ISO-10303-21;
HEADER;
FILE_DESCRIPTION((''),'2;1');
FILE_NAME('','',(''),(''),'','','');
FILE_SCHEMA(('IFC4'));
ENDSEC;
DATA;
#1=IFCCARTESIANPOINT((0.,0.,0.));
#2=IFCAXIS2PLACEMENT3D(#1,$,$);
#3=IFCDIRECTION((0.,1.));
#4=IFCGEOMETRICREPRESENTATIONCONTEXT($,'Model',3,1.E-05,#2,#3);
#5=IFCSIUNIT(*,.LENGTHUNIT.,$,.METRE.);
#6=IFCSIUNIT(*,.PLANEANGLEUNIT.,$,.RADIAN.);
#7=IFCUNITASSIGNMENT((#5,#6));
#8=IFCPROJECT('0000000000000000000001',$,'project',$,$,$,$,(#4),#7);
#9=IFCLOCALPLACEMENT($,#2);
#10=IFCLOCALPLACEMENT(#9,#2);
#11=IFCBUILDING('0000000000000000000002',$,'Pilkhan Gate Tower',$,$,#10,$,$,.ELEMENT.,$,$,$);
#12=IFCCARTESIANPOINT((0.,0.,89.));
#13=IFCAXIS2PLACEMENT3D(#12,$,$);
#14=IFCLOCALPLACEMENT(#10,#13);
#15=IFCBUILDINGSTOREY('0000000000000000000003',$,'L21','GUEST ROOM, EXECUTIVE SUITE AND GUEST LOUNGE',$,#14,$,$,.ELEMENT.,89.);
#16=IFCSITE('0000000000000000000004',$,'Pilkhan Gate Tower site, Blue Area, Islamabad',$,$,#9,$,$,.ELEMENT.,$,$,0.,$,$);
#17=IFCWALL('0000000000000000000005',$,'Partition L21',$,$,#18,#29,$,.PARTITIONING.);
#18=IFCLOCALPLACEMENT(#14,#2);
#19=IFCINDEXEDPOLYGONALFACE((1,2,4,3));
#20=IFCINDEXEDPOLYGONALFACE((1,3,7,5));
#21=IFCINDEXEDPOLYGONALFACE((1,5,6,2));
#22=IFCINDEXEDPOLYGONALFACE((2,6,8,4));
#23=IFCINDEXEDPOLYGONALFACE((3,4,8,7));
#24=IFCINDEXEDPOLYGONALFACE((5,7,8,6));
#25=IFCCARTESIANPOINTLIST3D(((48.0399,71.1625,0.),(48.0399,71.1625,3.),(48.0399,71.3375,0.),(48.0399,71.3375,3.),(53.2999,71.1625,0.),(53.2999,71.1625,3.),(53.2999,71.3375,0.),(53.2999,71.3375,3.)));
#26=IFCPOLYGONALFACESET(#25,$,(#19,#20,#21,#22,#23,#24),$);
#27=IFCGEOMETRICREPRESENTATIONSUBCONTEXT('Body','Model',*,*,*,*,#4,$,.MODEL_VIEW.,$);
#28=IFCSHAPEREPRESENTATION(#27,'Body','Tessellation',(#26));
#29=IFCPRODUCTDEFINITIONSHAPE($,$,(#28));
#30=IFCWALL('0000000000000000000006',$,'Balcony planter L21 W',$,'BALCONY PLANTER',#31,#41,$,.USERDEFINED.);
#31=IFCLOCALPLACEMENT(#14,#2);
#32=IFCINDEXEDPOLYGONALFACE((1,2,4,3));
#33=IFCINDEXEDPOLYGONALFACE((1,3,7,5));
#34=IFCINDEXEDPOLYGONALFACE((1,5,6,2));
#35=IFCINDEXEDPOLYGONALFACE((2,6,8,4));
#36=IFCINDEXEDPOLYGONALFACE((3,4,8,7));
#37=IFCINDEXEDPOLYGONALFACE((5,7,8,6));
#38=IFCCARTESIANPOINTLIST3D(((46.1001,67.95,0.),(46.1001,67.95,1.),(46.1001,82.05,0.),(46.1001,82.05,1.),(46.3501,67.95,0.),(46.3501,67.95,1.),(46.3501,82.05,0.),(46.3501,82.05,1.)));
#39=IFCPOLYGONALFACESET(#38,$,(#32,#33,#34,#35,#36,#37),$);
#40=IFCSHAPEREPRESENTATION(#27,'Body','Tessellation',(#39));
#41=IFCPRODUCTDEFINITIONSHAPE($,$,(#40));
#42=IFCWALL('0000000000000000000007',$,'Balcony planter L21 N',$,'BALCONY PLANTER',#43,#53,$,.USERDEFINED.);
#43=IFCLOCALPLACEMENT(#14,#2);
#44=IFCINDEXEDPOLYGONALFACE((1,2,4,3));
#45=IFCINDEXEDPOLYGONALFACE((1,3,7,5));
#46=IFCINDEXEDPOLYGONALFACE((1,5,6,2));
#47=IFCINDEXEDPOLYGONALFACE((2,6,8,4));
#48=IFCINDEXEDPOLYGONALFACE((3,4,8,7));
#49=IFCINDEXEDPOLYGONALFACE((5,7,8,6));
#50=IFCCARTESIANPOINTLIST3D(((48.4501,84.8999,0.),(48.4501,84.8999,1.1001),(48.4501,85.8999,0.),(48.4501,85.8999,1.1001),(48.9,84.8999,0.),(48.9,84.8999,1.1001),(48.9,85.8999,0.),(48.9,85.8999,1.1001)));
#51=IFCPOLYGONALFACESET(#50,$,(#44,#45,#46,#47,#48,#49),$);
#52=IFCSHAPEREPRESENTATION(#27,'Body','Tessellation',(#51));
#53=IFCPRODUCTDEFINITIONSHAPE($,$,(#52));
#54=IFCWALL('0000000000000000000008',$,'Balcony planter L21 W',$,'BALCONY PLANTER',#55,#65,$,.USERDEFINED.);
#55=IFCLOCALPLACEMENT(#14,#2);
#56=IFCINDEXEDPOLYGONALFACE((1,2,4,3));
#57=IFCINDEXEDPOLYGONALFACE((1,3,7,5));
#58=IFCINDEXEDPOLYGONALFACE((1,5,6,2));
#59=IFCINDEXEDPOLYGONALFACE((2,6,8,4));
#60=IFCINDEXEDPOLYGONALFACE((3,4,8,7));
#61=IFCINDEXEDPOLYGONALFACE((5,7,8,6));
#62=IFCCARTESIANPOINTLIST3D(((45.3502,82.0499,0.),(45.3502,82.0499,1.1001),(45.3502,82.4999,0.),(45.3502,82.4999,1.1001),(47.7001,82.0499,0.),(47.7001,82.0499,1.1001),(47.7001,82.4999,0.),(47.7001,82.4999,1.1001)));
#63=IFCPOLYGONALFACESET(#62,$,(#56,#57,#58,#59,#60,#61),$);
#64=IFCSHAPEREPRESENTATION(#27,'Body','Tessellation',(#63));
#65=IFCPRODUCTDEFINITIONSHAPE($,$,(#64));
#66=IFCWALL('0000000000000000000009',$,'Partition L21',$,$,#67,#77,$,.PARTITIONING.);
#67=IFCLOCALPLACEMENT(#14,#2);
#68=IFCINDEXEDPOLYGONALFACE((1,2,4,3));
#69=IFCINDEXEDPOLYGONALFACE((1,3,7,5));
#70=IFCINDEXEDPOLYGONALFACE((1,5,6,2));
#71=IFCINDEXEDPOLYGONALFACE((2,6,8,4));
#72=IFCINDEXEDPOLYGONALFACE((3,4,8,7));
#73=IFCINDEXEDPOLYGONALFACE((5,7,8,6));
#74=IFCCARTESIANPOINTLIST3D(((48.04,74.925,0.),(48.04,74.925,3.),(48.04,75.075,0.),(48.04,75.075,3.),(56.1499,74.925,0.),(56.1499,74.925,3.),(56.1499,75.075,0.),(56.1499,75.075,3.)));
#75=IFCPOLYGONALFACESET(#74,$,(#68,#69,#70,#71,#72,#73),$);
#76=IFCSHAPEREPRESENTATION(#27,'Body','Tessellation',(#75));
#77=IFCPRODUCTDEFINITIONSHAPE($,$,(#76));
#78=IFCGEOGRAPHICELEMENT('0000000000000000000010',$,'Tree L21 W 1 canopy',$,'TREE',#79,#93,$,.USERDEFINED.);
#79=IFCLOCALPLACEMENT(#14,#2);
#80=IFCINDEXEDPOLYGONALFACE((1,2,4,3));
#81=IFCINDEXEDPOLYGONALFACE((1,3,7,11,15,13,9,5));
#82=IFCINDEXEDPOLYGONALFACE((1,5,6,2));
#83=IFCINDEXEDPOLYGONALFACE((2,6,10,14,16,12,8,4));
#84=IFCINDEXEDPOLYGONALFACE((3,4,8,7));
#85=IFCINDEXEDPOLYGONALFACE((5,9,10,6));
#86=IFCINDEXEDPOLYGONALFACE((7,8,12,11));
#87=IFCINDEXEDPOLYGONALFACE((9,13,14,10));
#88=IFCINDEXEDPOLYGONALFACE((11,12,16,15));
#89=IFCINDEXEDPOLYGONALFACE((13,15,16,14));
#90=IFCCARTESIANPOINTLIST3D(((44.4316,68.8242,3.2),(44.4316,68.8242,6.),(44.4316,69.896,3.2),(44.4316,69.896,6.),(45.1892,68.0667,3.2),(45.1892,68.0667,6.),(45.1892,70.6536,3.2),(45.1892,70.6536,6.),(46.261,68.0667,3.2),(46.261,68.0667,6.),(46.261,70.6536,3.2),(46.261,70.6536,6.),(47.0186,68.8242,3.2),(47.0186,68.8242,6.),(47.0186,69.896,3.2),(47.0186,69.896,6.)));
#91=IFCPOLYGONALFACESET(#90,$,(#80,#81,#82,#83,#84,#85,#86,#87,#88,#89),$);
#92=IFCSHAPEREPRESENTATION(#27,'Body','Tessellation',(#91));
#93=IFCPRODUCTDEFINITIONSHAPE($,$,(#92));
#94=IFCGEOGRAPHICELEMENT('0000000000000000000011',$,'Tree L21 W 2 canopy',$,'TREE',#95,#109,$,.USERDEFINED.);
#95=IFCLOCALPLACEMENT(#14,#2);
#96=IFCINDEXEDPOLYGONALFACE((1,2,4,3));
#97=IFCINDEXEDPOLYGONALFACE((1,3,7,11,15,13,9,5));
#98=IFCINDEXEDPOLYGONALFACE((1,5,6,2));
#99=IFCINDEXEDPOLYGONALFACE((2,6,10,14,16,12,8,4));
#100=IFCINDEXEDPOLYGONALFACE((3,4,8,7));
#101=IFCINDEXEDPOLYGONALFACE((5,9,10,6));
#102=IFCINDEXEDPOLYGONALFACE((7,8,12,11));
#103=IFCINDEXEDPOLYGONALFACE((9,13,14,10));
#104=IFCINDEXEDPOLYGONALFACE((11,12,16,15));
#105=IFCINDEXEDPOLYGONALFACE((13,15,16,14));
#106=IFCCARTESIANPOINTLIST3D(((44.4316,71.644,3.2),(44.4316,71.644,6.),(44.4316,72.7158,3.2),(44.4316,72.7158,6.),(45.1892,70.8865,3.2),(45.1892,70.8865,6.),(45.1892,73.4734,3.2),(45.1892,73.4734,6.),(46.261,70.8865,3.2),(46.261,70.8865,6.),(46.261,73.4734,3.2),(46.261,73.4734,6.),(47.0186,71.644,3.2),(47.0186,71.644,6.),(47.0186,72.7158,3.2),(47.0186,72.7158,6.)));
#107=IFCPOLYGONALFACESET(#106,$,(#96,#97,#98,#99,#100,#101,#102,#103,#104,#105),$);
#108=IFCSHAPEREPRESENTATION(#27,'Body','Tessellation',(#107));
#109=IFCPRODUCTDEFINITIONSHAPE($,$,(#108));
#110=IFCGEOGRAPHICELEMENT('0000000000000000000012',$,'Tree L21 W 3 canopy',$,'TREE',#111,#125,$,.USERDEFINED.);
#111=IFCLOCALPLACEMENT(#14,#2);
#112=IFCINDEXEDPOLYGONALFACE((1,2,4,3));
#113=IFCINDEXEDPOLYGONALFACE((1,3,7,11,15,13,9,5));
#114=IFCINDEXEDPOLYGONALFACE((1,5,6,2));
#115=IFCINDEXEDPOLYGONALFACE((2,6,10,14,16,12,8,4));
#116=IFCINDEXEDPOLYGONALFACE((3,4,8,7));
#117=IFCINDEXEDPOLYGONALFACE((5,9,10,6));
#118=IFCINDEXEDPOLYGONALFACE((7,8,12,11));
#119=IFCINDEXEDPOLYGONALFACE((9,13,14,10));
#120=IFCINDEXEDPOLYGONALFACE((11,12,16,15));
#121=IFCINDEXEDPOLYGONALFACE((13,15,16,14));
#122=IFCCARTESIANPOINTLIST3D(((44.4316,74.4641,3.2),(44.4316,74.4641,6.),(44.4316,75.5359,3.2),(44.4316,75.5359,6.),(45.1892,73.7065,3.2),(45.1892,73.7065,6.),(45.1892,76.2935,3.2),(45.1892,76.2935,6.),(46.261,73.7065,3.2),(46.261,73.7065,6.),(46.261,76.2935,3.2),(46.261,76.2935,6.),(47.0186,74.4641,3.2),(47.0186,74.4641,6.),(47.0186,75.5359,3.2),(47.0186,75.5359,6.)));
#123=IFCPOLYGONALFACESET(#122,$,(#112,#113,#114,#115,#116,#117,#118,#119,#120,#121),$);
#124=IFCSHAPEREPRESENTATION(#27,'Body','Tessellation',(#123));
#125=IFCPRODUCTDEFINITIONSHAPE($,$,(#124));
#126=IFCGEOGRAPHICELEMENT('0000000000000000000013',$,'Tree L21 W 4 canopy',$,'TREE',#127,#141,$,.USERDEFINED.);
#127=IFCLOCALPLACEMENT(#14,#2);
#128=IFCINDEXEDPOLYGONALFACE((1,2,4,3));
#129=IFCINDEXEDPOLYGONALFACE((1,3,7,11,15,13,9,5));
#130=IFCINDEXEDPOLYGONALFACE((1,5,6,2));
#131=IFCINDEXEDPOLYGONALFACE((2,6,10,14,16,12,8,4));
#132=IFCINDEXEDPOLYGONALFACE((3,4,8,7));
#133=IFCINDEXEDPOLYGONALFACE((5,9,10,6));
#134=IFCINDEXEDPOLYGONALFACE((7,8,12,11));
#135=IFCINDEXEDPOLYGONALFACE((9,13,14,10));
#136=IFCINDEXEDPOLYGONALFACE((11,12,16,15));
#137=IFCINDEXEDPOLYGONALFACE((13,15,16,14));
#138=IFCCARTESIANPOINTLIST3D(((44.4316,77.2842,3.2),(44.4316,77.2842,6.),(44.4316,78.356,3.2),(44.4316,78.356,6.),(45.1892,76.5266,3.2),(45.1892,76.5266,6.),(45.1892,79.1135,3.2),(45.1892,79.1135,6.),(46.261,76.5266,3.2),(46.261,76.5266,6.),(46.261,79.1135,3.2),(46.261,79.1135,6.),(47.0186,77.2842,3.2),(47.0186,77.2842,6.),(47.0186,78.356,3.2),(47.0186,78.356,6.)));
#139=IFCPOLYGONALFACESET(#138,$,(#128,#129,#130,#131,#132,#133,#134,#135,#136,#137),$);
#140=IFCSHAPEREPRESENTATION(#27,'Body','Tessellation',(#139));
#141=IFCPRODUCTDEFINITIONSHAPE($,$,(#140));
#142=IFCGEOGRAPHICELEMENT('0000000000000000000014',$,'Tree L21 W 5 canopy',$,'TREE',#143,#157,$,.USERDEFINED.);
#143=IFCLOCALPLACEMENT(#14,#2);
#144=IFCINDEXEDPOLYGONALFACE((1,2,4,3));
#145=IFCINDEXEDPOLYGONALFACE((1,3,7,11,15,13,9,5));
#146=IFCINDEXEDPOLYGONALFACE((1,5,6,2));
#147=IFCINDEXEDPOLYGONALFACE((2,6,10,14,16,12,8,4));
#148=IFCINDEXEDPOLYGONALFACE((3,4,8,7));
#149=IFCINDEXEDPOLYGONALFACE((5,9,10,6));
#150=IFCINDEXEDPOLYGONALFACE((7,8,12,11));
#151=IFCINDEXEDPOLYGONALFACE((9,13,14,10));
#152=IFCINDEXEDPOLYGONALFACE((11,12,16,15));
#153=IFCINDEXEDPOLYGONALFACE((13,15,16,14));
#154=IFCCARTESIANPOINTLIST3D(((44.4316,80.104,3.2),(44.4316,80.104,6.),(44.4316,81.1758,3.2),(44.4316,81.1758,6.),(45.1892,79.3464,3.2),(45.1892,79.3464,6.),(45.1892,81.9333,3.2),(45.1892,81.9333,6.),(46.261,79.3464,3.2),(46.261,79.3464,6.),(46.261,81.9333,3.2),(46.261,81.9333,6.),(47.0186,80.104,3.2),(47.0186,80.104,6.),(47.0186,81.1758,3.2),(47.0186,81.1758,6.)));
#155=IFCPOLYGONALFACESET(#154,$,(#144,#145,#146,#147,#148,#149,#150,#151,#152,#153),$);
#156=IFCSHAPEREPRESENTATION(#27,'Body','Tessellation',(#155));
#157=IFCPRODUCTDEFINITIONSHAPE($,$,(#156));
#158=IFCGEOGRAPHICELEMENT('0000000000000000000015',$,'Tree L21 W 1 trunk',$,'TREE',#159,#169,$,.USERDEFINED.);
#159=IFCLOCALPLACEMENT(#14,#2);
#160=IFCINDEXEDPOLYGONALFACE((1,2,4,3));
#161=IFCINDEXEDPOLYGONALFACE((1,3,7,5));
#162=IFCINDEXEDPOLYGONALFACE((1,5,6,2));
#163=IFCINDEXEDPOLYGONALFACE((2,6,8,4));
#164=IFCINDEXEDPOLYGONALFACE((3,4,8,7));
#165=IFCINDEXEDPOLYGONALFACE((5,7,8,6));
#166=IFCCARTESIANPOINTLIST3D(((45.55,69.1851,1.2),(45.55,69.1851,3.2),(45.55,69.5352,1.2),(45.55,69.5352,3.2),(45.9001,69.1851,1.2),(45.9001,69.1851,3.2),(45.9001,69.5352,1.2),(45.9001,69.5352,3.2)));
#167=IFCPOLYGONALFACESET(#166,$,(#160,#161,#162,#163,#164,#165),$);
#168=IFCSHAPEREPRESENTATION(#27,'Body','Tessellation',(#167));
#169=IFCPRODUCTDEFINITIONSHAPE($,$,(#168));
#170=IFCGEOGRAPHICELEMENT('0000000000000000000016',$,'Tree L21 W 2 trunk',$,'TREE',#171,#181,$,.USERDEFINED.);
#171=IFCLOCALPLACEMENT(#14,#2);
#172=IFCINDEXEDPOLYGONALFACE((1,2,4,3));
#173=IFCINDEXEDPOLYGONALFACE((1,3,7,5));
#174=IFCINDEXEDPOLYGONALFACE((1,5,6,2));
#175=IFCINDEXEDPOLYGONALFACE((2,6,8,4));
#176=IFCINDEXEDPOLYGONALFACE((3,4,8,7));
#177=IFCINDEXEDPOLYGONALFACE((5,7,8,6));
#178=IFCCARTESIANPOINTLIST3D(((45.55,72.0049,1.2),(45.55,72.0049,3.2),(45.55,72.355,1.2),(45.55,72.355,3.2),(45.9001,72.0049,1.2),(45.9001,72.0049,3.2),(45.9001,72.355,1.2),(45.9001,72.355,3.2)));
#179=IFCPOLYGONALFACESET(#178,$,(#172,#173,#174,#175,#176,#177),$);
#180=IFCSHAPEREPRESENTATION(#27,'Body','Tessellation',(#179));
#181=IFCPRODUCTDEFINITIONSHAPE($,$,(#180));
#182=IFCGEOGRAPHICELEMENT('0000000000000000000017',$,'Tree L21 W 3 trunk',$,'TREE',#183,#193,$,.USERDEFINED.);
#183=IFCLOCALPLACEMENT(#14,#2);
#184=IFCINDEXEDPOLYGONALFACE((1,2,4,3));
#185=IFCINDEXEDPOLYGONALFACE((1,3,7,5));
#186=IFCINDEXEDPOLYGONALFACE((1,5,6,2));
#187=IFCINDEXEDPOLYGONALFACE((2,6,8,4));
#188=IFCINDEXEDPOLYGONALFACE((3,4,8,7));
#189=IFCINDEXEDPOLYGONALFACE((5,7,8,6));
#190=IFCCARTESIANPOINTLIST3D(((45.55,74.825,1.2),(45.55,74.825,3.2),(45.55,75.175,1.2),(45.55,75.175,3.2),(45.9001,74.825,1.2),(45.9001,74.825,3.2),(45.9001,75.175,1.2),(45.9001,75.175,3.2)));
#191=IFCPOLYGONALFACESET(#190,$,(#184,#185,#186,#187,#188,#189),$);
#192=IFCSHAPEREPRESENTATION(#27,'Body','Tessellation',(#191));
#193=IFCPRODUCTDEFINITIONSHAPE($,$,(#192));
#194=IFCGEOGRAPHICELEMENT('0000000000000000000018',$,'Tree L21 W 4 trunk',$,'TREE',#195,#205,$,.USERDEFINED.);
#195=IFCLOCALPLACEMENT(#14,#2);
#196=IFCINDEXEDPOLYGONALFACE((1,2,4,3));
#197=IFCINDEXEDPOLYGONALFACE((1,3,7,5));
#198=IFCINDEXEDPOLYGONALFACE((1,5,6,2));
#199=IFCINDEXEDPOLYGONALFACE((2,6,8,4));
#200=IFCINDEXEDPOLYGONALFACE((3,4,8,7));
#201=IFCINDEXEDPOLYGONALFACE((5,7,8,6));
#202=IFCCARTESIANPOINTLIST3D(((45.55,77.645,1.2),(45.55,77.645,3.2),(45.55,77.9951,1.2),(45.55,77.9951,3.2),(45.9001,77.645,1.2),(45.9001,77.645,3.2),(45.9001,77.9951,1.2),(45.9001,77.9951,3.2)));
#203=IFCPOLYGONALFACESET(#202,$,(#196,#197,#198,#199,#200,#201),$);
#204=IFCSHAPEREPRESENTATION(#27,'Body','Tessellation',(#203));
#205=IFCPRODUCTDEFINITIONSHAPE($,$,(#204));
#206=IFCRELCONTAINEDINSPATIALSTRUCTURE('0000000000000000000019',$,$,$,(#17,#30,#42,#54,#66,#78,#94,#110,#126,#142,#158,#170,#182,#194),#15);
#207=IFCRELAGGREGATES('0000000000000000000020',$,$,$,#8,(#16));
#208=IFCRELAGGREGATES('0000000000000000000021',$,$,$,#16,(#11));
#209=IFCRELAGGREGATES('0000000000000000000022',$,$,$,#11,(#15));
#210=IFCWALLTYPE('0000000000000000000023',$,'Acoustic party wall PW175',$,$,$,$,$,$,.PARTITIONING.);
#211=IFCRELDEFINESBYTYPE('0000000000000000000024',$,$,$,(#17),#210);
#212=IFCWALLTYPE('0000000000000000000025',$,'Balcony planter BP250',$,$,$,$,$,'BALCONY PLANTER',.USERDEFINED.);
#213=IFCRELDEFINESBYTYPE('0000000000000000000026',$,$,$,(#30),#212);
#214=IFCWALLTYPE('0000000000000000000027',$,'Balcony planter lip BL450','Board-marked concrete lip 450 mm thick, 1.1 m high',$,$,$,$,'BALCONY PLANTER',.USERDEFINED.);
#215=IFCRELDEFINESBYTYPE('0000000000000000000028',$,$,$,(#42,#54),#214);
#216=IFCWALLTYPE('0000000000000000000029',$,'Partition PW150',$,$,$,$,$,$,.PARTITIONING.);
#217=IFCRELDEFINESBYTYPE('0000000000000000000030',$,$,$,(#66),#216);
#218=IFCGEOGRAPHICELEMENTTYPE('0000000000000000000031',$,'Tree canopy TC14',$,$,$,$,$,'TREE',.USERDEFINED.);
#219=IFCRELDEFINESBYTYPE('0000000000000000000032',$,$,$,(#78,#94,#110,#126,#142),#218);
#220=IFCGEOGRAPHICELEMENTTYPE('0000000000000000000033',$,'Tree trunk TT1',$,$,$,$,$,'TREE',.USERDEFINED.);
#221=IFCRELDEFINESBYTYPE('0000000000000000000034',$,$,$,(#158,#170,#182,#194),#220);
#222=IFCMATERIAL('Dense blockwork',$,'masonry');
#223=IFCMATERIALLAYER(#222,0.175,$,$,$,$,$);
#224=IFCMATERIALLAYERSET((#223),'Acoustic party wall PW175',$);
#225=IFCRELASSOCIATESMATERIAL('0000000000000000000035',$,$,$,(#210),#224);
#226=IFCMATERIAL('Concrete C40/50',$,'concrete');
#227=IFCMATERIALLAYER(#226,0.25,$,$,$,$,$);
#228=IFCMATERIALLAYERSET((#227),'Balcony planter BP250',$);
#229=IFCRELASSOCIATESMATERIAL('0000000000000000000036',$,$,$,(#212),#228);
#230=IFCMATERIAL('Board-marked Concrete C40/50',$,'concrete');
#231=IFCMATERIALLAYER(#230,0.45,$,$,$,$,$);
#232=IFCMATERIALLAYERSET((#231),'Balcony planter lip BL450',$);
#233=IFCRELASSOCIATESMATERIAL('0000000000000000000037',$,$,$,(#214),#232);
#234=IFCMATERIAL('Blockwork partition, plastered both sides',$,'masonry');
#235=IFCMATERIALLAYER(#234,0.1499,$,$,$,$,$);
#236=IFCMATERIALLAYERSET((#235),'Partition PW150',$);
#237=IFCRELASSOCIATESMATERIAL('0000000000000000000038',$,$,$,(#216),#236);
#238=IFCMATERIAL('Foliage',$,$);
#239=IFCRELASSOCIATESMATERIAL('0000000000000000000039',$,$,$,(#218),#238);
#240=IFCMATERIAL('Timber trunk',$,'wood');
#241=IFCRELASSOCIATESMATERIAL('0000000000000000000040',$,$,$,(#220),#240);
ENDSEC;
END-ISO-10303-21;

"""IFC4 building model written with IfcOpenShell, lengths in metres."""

from ifc_helpers import new_model, si_unit, direction, frame, frame_2d, origin, origin_2d, place, context, subcontext, project, spatial, polyline, rectangle, outline, extrude, material, layer, layer_set, material_profile, profile_set, type_object, element, save


model = new_model("IFC4")

# Units and contexts
model_context = context("Model", 3, precision=1e-05, world=origin(), true_north=direction((0.0, 1.0)))
body_context = subcontext(model_context, "Body", "Model", "MODEL_VIEW")
ifc_project = project(units=[si_unit("LENGTHUNIT", "METRE"), si_unit("PLANEANGLEUNIT", "RADIAN")], contexts=[model_context])

# Site, building, storey
site_placement = place(None, origin())
site = spatial("IfcSite", under=ifc_project, at=site_placement, Name="Pilkhan Gate Tower site, Blue Area, Islamabad", CompositionType="ELEMENT", RefElevation=0.0)
building_placement = place(site_placement, origin())
building = spatial("IfcBuilding", under=site, at=building_placement, Name="Pilkhan Gate Tower", CompositionType="ELEMENT")
storey_placement = place(building_placement, frame((0.0, 0.0, 89.0)))
storey = spatial("IfcBuildingStorey", under=building, at=storey_placement, Name="L21", Description="GUEST ROOM, EXECUTIVE SUITE AND GUEST LOUNGE", CompositionType="ELEMENT", Elevation=89.0)

# Walls
ifc_material_1 = material(Name="Dense blockwork", Category="masonry")
ifc_layer_1 = layer(ifc_material_1, 0.175)
ifc_layer_set_1 = layer_set([ifc_layer_1], Name="Acoustic party wall PW175")
wall_type_1 = type_object("IfcWallType", Name="Acoustic party wall PW175", PredefinedType="PARTITIONING", material=ifc_layer_set_1)
wall_1_placement = place(storey_placement, frame((48.04, 71.25, 0.0), z_axis=(0.0, 0.0, 1.0), x_axis=(1.0, 0.0, 0.0)))
element("IfcWall", 1, at=wall_1_placement, inside=storey, type_object=wall_type_1, Name="Partition L21", PredefinedType="PARTITIONING", context=body_context, shape_type="SweptSolid", body=[
    extrude(rectangle(XDim=5.26, YDim=0.175, at=frame_2d((2.6299, 0.0))), origin(), (0.0, 0.0, 1.0), 3.0),
])
ifc_material_2 = material(Name="Concrete C40/50", Category="concrete")
ifc_layer_2 = layer(ifc_material_2, 0.25)
ifc_layer_set_2 = layer_set([ifc_layer_2], Name="Balcony planter BP250")
wall_type_2 = type_object("IfcWallType", Name="Balcony planter BP250", ElementType="BALCONY PLANTER", PredefinedType="USERDEFINED", material=ifc_layer_set_2)
wall_2_placement = place(storey_placement, frame((46.2251, 67.95, 0.0), z_axis=(0.0, 0.0, 1.0), x_axis=(0.0, 1.0, 0.0)))
element("IfcWall", 2, at=wall_2_placement, inside=storey, type_object=wall_type_2, Name="Balcony planter L21 W", ObjectType="BALCONY PLANTER", PredefinedType="USERDEFINED", context=body_context, shape_type="SweptSolid", body=[
    extrude(rectangle(XDim=14.1001, YDim=0.25, at=frame_2d((7.05, 0.0))), origin(), (0.0, 0.0, 1.0), 1.0),
])
ifc_material_3 = material(Name="Board-marked Concrete C40/50", Category="concrete")
ifc_layer_3 = layer(ifc_material_3, 0.45)
ifc_layer_set_3 = layer_set([ifc_layer_3], Name="Balcony planter lip BL450")
wall_type_3 = type_object("IfcWallType", Name="Balcony planter lip BL450", Description="Board-marked concrete lip 450 mm thick, 1.1 m high", ElementType="BALCONY PLANTER", PredefinedType="USERDEFINED", material=ifc_layer_set_3)
wall_3_placement = place(storey_placement, frame((48.675, 84.8999, 0.0), z_axis=(0.0, 0.0, 1.0), x_axis=(0.0, 1.0, 0.0)))
element("IfcWall", 3, at=wall_3_placement, inside=storey, type_object=wall_type_3, Name="Balcony planter L21 N", ObjectType="BALCONY PLANTER", PredefinedType="USERDEFINED", context=body_context, shape_type="SweptSolid", body=[
    extrude(rectangle(XDim=1.0, YDim=0.45, at=frame_2d((0.5, 0.0))), origin(), (0.0, 0.0, 1.0), 1.1001),
])
wall_4_placement = place(storey_placement, frame((47.7, 82.2749, 0.0), z_axis=(0.0, 0.0, 1.0), x_axis=(-1.0, 0.0, 0.0)))
element("IfcWall", 4, at=wall_4_placement, inside=storey, type_object=wall_type_3, Name="Balcony planter L21 W", ObjectType="BALCONY PLANTER", PredefinedType="USERDEFINED", context=body_context, shape_type="SweptSolid", body=[
    extrude(rectangle(XDim=2.3499, YDim=0.45, at=frame_2d((1.1748, 0.0))), origin(), (0.0, 0.0, 1.0), 1.1001),
])

# Wall
ifc_material_4 = material(Name="Blockwork partition, plastered both sides", Category="masonry")
ifc_layer_4 = layer(ifc_material_4, 0.1499)
ifc_layer_set_4 = layer_set([ifc_layer_4], Name="Partition PW150")
wall_type_4 = type_object("IfcWallType", Name="Partition PW150", PredefinedType="PARTITIONING", material=ifc_layer_set_4)
wall_5_placement = place(storey_placement, frame((48.04, 75.0, 0.0), z_axis=(0.0, 0.0, 1.0), x_axis=(1.0, 0.0, 0.0)))
element("IfcWall", 5, at=wall_5_placement, inside=storey, type_object=wall_type_4, Name="Partition L21", PredefinedType="PARTITIONING", context=body_context, shape_type="SweptSolid", body=[
    extrude(rectangle(XDim=8.1099, YDim=0.1499, at=frame_2d((4.0549, 0.0))), origin(), (0.0, 0.0, 1.0), 3.0),
])

# Geographic elements
ifc_material_5 = material(Name="Foliage")
ifc_material_profile_1 = material_profile(ifc_material_5, outline(polyline([(1.2935, 0.5359), (0.5359, 1.2935), (-0.5359, 1.2935), (-1.2935, 0.5359), (-1.2935, -0.5359), (-0.5359, -1.2935), (0.5359, -1.2935), (1.2935, -0.5359), (1.2935, 0.5359)])), Name="Canopy D2.8")
ifc_profile_set_1 = profile_set([ifc_material_profile_1], Name="Foliage")
geographic_element_type_1 = type_object("IfcGeographicElementType", Name="Tree canopy TC14", ElementType="TREE", PredefinedType="USERDEFINED", material=ifc_profile_set_1)
for number, where, z_axis, x_axis, name in (
    (6, (45.7251, 69.3601, 3.2), (0.0, 0.0, 1.0), (1.0, 0.0, 0.0), "Tree L21 W 1 canopy"),
    (7, (45.7251, 72.1799, 3.2), (0.0, 0.0, 1.0), (1.0, 0.0, 0.0), "Tree L21 W 2 canopy"),
    (8, (45.7251, 75.0, 3.2), (0.0, 0.0, 1.0), (1.0, 0.0, 0.0), "Tree L21 W 3 canopy"),
    (9, (45.7251, 77.8201, 3.2), (0.0, 0.0, 1.0), (1.0, 0.0, 0.0), "Tree L21 W 4 canopy"),
    (10, (45.7251, 80.6399, 3.2), (0.0, 0.0, 1.0), (1.0, 0.0, 0.0), "Tree L21 W 5 canopy"),
):
    element("IfcGeographicElement", number, at=place(storey_placement, frame(where, z_axis=z_axis, x_axis=x_axis)), inside=storey, type_object=geographic_element_type_1, Name=name, ObjectType="TREE", PredefinedType="USERDEFINED", context=body_context, shape_type="SweptSolid", body=[
        extrude(outline(polyline([(1.2935, 0.5359), (0.5359, 1.2935), (-0.5359, 1.2935), (-1.2935, 0.5359), (-1.2935, -0.5359), (-0.5359, -1.2935), (0.5359, -1.2935), (1.2935, -0.5359), (1.2935, 0.5359)])), origin(), (0.0, 0.0, 1.0), 2.8),
    ])
ifc_material_6 = material(Name="Timber trunk", Category="wood")
geographic_element_type_2 = type_object("IfcGeographicElementType", Name="Tree trunk TT1", ElementType="TREE", PredefinedType="USERDEFINED", material=ifc_material_6)
for number, where, z_axis, x_axis, name in (
    (11, (45.7251, 69.3601, 1.2), (0.0, 0.0, 1.0), (1.0, 0.0, 0.0), "Tree L21 W 1 trunk"),
    (12, (45.7251, 72.1799, 1.2), (0.0, 0.0, 1.0), (1.0, 0.0, 0.0), "Tree L21 W 2 trunk"),
    (13, (45.7251, 75.0, 1.2), (0.0, 0.0, 1.0), (1.0, 0.0, 0.0), "Tree L21 W 3 trunk"),
    (14, (45.7251, 77.8201, 1.2), (0.0, 0.0, 1.0), (1.0, 0.0, 0.0), "Tree L21 W 4 trunk"),
):
    element("IfcGeographicElement", number, at=place(storey_placement, frame(where, z_axis=z_axis, x_axis=x_axis)), inside=storey, type_object=geographic_element_type_2, Name=name, ObjectType="TREE", PredefinedType="USERDEFINED", context=body_context, shape_type="SweptSolid", body=[
        extrude(rectangle(XDim=0.3501, YDim=0.3501, at=origin_2d()), origin(), (0.0, 0.0, 1.0), 2.0),
    ])

save(model, "model.ifc")
